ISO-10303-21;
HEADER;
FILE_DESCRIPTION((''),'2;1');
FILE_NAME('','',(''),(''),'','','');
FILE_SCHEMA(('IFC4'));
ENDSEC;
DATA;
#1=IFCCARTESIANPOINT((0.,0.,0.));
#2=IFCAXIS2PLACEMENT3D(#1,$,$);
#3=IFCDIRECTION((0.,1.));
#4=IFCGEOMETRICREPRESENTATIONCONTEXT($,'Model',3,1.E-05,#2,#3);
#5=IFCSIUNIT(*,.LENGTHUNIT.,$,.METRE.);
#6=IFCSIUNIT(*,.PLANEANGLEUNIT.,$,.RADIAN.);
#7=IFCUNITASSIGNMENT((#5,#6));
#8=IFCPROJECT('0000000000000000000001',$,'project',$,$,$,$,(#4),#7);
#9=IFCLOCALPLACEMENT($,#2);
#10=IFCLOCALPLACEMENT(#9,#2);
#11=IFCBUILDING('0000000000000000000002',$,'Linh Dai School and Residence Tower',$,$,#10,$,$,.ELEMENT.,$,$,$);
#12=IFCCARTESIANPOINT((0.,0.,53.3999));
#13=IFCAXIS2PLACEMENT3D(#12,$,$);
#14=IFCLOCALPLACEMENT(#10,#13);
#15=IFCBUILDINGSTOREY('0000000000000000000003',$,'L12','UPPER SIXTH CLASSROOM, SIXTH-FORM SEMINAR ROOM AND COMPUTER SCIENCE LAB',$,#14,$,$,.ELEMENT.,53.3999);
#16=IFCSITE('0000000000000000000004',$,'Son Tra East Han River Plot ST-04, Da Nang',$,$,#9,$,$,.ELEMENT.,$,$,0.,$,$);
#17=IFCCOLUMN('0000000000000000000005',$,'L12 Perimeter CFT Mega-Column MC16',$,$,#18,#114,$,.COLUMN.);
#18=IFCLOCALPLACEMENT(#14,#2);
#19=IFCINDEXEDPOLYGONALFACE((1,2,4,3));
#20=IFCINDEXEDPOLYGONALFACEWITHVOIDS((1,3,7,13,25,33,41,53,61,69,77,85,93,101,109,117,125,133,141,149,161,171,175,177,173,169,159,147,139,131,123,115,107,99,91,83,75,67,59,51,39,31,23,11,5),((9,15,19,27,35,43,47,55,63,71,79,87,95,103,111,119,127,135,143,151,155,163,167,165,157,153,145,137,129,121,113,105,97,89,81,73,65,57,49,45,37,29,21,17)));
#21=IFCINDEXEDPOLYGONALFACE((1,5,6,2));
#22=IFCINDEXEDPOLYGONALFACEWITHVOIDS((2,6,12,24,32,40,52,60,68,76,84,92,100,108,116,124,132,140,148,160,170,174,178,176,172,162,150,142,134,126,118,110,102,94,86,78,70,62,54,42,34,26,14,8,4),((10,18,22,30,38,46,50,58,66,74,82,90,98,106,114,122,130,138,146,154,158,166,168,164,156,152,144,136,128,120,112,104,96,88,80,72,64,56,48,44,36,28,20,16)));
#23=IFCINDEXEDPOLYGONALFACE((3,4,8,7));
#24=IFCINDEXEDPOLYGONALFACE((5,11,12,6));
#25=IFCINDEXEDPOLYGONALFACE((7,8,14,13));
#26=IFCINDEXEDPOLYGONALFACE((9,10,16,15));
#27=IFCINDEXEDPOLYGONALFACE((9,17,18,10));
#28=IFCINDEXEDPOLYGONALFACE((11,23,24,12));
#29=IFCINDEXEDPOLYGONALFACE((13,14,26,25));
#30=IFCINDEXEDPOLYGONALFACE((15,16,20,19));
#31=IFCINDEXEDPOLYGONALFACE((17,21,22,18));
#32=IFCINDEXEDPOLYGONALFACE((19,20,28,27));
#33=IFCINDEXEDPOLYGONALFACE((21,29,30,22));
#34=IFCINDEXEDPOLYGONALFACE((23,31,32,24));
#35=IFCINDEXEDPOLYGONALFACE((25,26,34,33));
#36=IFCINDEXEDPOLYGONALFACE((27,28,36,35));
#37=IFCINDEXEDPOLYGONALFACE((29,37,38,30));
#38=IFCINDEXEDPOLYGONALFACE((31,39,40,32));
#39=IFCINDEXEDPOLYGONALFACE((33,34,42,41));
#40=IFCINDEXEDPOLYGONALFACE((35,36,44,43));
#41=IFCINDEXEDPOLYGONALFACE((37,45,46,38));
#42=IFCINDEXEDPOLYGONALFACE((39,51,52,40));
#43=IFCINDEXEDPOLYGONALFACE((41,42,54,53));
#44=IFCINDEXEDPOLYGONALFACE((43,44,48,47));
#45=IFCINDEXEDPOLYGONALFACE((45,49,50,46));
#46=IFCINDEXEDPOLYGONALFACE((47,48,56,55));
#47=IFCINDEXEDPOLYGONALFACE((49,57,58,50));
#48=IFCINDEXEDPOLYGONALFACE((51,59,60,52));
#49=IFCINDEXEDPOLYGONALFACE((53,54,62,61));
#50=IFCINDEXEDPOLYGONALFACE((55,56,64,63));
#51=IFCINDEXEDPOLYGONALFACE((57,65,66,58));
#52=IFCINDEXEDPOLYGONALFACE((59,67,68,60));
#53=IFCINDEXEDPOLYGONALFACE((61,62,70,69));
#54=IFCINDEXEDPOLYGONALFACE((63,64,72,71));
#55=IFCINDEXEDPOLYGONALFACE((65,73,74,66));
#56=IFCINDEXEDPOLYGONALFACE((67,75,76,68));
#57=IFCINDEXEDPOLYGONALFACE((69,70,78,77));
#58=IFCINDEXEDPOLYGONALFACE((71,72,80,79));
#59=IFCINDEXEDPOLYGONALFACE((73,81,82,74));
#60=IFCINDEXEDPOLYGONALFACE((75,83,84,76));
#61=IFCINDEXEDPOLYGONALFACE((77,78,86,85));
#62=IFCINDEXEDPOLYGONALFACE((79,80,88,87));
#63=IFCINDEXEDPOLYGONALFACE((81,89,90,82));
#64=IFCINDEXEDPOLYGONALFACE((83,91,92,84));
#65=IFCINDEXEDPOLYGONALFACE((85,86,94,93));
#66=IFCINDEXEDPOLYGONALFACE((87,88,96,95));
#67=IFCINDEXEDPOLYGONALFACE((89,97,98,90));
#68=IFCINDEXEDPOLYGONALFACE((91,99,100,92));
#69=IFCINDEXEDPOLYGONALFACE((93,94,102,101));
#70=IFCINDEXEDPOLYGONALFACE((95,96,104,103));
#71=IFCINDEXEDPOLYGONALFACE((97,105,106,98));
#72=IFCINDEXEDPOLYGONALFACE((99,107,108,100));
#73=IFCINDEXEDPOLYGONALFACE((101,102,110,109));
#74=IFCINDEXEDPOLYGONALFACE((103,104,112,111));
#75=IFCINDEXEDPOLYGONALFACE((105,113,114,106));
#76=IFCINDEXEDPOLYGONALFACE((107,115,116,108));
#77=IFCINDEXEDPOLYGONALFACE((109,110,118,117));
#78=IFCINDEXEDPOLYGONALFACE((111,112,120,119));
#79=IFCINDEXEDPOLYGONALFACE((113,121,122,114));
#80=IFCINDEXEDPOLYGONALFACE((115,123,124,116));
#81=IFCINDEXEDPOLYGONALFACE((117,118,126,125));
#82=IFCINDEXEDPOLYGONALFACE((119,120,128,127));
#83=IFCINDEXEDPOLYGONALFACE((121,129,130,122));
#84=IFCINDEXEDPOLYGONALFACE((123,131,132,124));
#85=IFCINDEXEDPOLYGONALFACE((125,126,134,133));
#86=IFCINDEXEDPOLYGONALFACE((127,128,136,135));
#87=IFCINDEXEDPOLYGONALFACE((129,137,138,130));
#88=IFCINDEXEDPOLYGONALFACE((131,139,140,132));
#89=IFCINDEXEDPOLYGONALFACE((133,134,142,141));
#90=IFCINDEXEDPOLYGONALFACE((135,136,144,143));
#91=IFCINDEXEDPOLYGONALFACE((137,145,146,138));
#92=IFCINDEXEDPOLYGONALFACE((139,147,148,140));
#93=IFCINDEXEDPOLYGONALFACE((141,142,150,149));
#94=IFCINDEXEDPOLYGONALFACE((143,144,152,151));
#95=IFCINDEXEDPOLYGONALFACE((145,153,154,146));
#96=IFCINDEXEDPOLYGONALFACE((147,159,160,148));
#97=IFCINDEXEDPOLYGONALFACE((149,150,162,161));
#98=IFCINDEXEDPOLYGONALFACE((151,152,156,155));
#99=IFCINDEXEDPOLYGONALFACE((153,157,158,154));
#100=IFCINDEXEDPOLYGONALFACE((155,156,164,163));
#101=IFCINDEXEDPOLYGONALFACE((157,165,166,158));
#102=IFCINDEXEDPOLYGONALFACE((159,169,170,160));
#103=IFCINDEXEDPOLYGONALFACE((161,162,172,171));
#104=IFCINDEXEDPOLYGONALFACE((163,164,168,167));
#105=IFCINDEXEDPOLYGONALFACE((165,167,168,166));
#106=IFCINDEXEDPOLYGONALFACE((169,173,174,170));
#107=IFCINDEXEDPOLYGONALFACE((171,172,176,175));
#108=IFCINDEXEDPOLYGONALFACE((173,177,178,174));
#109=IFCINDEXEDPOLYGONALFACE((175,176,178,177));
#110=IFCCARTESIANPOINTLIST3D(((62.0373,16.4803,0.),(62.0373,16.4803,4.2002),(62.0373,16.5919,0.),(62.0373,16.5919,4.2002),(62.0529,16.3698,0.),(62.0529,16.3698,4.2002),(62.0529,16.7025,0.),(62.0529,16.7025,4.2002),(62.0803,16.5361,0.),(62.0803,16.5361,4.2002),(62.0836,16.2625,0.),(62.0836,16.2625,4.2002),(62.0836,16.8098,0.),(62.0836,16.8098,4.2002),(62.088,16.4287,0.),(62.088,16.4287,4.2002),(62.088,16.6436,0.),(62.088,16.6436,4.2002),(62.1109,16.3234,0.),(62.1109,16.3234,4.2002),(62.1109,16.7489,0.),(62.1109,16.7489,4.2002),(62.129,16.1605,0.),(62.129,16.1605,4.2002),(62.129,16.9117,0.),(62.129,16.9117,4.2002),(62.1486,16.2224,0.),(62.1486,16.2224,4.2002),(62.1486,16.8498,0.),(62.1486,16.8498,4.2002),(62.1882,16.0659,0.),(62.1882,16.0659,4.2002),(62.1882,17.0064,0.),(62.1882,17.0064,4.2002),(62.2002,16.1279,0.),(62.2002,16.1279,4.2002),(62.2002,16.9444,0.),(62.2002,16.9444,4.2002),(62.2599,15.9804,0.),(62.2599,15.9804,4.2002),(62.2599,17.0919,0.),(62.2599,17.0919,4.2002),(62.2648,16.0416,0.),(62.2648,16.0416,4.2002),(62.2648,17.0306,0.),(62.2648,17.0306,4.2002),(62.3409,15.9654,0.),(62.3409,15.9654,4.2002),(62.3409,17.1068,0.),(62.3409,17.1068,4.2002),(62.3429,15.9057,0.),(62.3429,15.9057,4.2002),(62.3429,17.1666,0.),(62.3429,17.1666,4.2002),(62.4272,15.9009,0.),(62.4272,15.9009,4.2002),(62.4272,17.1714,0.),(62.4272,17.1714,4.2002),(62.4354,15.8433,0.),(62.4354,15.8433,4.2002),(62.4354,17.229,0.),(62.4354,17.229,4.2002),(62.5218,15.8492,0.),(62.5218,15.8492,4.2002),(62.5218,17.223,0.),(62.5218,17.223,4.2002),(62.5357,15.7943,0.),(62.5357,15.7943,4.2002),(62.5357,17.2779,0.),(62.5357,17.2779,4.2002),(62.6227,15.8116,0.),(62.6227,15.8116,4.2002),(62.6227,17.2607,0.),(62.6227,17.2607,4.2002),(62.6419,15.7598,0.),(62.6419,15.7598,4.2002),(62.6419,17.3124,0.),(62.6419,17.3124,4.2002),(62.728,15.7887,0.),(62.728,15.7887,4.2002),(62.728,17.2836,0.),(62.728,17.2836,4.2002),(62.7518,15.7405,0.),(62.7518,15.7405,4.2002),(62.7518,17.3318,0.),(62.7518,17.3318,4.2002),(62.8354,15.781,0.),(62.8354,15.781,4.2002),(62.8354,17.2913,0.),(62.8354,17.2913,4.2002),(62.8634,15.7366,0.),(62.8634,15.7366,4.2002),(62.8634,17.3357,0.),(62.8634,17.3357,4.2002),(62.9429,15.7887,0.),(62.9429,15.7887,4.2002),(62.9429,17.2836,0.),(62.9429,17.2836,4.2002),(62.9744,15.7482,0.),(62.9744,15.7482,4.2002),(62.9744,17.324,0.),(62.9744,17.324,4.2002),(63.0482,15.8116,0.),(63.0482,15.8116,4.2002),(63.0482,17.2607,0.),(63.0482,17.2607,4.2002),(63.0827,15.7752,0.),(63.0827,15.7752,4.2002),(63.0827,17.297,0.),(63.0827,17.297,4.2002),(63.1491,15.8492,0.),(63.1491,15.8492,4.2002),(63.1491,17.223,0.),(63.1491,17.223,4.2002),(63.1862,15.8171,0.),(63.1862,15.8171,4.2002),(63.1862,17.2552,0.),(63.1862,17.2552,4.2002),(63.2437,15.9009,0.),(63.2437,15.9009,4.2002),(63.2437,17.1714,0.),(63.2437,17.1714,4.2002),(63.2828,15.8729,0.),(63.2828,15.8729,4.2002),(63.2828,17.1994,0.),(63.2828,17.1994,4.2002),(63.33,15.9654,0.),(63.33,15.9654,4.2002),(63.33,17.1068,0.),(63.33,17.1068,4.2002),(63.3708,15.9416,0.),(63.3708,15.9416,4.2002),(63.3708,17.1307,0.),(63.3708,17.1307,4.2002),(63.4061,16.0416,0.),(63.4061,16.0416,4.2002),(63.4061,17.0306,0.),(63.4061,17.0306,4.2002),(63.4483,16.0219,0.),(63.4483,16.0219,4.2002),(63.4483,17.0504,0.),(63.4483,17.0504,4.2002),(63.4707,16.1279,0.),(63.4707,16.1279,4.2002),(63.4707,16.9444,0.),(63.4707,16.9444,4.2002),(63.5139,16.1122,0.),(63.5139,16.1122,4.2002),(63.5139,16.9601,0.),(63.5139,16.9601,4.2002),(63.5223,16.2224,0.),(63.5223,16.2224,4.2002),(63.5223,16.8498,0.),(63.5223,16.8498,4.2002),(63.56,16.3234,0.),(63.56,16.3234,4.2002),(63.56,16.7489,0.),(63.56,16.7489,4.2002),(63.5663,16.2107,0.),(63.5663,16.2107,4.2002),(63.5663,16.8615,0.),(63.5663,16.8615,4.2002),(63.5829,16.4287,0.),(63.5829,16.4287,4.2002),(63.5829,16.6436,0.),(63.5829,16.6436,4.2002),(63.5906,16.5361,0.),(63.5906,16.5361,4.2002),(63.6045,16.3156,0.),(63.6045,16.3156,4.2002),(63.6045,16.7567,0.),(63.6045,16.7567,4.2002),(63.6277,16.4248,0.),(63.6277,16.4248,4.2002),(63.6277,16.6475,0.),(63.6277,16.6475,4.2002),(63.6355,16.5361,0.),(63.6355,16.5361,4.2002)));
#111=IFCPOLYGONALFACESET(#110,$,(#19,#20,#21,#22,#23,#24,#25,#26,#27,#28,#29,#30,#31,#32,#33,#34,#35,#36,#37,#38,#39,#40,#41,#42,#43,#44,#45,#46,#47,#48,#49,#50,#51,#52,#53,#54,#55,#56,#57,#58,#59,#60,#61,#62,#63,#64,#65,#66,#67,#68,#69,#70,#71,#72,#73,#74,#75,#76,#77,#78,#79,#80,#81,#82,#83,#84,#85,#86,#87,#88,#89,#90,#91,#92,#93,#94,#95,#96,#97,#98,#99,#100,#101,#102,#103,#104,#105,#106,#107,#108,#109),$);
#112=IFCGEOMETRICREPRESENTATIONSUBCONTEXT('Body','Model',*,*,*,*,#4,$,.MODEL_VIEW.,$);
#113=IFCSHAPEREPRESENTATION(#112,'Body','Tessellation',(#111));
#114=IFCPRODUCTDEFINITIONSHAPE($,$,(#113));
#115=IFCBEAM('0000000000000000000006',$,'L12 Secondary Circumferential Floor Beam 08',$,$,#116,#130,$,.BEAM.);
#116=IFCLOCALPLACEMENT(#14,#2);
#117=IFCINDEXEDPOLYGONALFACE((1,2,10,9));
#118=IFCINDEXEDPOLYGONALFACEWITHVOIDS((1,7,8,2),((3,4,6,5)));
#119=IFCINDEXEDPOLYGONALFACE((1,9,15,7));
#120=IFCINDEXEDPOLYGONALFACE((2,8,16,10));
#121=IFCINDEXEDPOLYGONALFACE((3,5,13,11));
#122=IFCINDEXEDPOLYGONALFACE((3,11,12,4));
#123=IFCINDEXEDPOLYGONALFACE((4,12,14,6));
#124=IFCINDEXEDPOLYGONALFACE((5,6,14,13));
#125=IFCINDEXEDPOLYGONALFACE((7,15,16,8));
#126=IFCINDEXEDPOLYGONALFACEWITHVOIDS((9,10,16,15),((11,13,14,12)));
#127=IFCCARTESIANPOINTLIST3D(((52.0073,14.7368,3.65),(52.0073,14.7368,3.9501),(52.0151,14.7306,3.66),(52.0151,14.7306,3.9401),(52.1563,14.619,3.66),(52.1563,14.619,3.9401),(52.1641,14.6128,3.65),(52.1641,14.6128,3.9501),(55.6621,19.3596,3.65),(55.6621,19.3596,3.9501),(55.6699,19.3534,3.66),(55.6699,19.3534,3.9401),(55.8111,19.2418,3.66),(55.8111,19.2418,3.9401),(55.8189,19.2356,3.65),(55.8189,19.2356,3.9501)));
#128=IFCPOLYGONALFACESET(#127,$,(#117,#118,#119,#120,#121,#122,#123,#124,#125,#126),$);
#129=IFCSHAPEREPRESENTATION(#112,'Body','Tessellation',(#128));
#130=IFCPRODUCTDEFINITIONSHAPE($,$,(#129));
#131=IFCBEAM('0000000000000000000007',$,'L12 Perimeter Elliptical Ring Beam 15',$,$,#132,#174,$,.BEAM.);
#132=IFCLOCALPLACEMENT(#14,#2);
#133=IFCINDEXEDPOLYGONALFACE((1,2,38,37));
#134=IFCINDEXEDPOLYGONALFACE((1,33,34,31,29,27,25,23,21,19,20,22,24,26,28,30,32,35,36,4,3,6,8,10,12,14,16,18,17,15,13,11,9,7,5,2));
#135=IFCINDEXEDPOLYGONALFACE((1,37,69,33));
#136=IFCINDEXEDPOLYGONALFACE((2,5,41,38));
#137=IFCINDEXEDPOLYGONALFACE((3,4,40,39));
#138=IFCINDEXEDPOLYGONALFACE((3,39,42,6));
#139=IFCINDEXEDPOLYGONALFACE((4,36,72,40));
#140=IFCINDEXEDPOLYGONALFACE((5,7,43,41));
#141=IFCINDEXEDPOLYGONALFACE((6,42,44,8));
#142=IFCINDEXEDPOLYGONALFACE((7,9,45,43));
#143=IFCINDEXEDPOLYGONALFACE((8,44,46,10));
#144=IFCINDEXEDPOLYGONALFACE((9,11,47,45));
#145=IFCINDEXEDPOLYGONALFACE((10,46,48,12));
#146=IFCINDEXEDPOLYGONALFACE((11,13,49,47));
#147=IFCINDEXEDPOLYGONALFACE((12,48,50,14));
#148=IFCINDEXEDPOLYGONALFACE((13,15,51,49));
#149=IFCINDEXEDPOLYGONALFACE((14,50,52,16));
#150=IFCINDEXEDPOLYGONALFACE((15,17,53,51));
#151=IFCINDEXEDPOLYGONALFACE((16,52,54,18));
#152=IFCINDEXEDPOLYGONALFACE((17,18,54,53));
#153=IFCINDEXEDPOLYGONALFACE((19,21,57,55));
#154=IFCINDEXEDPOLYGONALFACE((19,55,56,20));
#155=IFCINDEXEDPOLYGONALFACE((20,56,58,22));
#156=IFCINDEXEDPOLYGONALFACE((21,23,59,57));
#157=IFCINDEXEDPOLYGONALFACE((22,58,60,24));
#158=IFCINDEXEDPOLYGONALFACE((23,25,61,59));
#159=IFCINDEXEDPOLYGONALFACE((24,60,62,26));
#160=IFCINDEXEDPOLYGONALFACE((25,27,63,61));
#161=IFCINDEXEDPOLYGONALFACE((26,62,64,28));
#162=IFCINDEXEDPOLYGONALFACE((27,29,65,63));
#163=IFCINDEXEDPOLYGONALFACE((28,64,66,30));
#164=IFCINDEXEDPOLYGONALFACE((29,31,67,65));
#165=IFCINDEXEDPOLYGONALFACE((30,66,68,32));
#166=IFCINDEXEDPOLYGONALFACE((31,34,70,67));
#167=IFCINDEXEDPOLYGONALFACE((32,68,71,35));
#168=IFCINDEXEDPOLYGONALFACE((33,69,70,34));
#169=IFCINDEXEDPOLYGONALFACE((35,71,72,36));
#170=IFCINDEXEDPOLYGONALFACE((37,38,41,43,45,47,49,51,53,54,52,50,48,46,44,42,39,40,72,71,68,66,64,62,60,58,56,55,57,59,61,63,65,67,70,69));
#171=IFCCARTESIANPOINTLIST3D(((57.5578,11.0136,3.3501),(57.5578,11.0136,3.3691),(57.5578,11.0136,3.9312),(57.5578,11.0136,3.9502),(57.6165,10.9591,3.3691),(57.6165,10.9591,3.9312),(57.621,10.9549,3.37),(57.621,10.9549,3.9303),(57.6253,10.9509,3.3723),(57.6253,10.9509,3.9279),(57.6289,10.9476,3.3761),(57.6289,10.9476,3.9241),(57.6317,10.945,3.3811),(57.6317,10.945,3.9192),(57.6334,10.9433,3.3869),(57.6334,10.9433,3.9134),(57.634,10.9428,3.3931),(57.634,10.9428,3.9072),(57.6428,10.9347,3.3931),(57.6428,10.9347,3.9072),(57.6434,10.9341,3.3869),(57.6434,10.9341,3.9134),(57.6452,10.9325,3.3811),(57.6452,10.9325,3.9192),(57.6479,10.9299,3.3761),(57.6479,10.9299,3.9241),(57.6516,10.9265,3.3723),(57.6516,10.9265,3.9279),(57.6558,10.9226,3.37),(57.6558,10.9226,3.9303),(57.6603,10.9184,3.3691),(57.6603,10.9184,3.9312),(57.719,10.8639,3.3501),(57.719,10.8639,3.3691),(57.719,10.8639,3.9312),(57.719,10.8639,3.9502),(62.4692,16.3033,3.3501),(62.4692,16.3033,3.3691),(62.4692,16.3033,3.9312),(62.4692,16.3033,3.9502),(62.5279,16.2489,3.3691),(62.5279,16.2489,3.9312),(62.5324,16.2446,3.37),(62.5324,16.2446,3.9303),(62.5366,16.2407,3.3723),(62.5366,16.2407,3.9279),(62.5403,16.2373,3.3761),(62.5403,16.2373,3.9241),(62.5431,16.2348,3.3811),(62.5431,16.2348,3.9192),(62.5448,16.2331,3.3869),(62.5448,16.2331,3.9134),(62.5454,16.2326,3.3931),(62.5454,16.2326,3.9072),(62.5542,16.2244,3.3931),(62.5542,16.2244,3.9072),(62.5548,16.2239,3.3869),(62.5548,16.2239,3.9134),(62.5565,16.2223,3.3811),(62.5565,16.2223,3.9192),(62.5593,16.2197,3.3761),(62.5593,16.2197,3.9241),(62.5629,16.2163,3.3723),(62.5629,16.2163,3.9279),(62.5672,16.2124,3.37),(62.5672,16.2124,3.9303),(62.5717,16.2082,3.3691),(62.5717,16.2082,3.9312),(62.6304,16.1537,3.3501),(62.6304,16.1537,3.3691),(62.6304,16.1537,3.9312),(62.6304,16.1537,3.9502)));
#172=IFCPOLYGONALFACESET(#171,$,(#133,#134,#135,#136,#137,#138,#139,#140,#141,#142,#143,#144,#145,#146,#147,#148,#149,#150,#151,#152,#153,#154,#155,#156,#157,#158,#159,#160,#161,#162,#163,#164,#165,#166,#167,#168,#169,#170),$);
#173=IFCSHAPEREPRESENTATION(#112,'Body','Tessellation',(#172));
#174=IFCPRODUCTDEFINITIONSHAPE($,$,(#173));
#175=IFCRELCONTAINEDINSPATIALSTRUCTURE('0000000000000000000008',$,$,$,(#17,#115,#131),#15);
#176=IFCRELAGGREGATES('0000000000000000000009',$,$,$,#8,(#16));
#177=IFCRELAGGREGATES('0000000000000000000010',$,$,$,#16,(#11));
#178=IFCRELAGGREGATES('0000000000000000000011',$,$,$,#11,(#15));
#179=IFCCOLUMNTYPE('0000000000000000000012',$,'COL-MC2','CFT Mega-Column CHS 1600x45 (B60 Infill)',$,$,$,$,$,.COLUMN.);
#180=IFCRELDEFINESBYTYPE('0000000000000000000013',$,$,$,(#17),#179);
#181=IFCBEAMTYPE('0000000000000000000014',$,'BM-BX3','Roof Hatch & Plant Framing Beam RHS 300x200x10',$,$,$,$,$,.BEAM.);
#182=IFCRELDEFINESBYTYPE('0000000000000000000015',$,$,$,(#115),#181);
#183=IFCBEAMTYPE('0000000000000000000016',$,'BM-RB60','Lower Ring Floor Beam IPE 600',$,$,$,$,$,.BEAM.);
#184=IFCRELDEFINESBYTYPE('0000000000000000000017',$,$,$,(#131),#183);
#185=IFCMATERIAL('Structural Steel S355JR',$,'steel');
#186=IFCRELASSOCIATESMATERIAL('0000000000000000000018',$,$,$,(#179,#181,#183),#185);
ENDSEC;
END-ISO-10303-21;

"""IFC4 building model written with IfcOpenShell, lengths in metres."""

from ifc_helpers import new_model, si_unit, direction, frame, origin, origin_2d, place, context, subcontext, project, spatial, hollow_rectangle, hollow_circle, i_section, extrude, material, material_profile, profile_set, type_object, element, save


model = new_model("IFC4")

# Units and contexts
model_context = context("Model", 3, precision=1e-05, world=origin(), true_north=direction((0.0, 1.0)))
body_context = subcontext(model_context, "Body", "Model", "MODEL_VIEW")
ifc_project = project(units=[si_unit("LENGTHUNIT", "METRE"), si_unit("PLANEANGLEUNIT", "RADIAN")], contexts=[model_context])

# Site, building, storey
site_placement = place(None, origin())
site = spatial("IfcSite", under=ifc_project, at=site_placement, Name="Son Tra East Han River Plot ST-04, Da Nang", CompositionType="ELEMENT", RefElevation=0.0)
building_placement = place(site_placement, origin())
building = spatial("IfcBuilding", under=site, at=building_placement, Name="Linh Dai School and Residence Tower", CompositionType="ELEMENT")
storey_placement = place(building_placement, frame((0.0, 0.0, 53.3999)))
storey = spatial("IfcBuildingStorey", under=building, at=storey_placement, Name="L12", Description="UPPER SIXTH CLASSROOM, SIXTH-FORM SEMINAR ROOM AND COMPUTER SCIENCE LAB", CompositionType="ELEMENT", Elevation=53.3999)

# Column
ifc_material_1 = material(Name="Structural Steel S355JR", Category="steel")
ifc_material_profile_1 = material_profile(ifc_material_1, hollow_circle(Radius=0.8, WallThickness=0.0449, at=origin_2d()), Name="CHS 1600x45")
ifc_profile_set_1 = profile_set([ifc_material_profile_1], Name="Structural Steel S355JR")
column_type = type_object("IfcColumnType", Name="COL-MC2", Description="CFT Mega-Column CHS 1600x45 (B60 Infill)", PredefinedType="COLUMN", material=ifc_profile_set_1)
for number, where, z_axis, x_axis, name in (
    (1, (62.8354, 16.5361, 0.0), (0.0, 0.0, 1.0), (1.0, 0.0, 0.0), "L12 Perimeter CFT Mega-Column MC16"),
):
    element("IfcColumn", number, at=place(storey_placement, frame(where, z_axis=z_axis, x_axis=x_axis)), inside=storey, type_object=column_type, Name=name, PredefinedType="COLUMN", context=body_context, shape_type="SweptSolid", body=[
        extrude(hollow_circle(Radius=0.8, WallThickness=0.0449, at=origin_2d()), origin(), (0.0, 0.0, 1.0), 4.2002),
    ])

# Beams
ifc_material_profile_2 = material_profile(ifc_material_1, hollow_rectangle(XDim=0.2, YDim=0.3, WallThickness=0.01, at=origin_2d()), Name="RHS 300x200x10")
ifc_profile_set_2 = profile_set([ifc_material_profile_2], Name="Structural Steel S355JR")
beam_type_1 = type_object("IfcBeamType", Name="BM-BX3", Description="Roof Hatch & Plant Framing Beam RHS 300x200x10", PredefinedType="BEAM", material=ifc_profile_set_2)
beam_1_placement = place(storey_placement, frame((52.0857, 14.6748, 3.8), z_axis=(0.620188, 0.784453, 0.0), x_axis=(-0.784453, 0.620188, 0.0)))
element("IfcBeam", 2, at=beam_1_placement, inside=storey, type_object=beam_type_1, Name="L12 Secondary Circumferential Floor Beam 08", PredefinedType="BEAM", context=body_context, shape_type="SweptSolid", body=[
    extrude(hollow_rectangle(XDim=0.2, YDim=0.3, WallThickness=0.01, at=origin_2d()), origin(), (0.0, 0.0, 1.0), 5.8931),
])
ifc_material_profile_3 = material_profile(ifc_material_1, i_section(OverallWidth=0.22, OverallDepth=0.6001, WebThickness=0.012, FlangeThickness=0.019, FilletRadius=0.0239, at=origin_2d()), Name="IPE 600")
ifc_profile_set_3 = profile_set([ifc_material_profile_3], Name="Structural Steel S355JR")
beam_type_2 = type_object("IfcBeamType", Name="BM-RB60", Description="Lower Ring Floor Beam IPE 600", PredefinedType="BEAM", material=ifc_profile_set_3)
beam_2_placement = place(storey_placement, frame((57.6384, 10.9387, 3.6501), z_axis=(0.680408, 0.732833, 0.0), x_axis=(-0.732833, 0.680408, 0.0)))
element("IfcBeam", 3, at=beam_2_placement, inside=storey, type_object=beam_type_2, Name="L12 Perimeter Elliptical Ring Beam 15", PredefinedType="BEAM", context=body_context, shape_type="SweptSolid", body=[
    extrude(i_section(OverallWidth=0.22, OverallDepth=0.6001, WebThickness=0.012, FlangeThickness=0.019, FilletRadius=0.0239, at=origin_2d()), origin(), (0.0, 0.0, 1.0), 7.2183),
])

save(model, "model.ifc")
